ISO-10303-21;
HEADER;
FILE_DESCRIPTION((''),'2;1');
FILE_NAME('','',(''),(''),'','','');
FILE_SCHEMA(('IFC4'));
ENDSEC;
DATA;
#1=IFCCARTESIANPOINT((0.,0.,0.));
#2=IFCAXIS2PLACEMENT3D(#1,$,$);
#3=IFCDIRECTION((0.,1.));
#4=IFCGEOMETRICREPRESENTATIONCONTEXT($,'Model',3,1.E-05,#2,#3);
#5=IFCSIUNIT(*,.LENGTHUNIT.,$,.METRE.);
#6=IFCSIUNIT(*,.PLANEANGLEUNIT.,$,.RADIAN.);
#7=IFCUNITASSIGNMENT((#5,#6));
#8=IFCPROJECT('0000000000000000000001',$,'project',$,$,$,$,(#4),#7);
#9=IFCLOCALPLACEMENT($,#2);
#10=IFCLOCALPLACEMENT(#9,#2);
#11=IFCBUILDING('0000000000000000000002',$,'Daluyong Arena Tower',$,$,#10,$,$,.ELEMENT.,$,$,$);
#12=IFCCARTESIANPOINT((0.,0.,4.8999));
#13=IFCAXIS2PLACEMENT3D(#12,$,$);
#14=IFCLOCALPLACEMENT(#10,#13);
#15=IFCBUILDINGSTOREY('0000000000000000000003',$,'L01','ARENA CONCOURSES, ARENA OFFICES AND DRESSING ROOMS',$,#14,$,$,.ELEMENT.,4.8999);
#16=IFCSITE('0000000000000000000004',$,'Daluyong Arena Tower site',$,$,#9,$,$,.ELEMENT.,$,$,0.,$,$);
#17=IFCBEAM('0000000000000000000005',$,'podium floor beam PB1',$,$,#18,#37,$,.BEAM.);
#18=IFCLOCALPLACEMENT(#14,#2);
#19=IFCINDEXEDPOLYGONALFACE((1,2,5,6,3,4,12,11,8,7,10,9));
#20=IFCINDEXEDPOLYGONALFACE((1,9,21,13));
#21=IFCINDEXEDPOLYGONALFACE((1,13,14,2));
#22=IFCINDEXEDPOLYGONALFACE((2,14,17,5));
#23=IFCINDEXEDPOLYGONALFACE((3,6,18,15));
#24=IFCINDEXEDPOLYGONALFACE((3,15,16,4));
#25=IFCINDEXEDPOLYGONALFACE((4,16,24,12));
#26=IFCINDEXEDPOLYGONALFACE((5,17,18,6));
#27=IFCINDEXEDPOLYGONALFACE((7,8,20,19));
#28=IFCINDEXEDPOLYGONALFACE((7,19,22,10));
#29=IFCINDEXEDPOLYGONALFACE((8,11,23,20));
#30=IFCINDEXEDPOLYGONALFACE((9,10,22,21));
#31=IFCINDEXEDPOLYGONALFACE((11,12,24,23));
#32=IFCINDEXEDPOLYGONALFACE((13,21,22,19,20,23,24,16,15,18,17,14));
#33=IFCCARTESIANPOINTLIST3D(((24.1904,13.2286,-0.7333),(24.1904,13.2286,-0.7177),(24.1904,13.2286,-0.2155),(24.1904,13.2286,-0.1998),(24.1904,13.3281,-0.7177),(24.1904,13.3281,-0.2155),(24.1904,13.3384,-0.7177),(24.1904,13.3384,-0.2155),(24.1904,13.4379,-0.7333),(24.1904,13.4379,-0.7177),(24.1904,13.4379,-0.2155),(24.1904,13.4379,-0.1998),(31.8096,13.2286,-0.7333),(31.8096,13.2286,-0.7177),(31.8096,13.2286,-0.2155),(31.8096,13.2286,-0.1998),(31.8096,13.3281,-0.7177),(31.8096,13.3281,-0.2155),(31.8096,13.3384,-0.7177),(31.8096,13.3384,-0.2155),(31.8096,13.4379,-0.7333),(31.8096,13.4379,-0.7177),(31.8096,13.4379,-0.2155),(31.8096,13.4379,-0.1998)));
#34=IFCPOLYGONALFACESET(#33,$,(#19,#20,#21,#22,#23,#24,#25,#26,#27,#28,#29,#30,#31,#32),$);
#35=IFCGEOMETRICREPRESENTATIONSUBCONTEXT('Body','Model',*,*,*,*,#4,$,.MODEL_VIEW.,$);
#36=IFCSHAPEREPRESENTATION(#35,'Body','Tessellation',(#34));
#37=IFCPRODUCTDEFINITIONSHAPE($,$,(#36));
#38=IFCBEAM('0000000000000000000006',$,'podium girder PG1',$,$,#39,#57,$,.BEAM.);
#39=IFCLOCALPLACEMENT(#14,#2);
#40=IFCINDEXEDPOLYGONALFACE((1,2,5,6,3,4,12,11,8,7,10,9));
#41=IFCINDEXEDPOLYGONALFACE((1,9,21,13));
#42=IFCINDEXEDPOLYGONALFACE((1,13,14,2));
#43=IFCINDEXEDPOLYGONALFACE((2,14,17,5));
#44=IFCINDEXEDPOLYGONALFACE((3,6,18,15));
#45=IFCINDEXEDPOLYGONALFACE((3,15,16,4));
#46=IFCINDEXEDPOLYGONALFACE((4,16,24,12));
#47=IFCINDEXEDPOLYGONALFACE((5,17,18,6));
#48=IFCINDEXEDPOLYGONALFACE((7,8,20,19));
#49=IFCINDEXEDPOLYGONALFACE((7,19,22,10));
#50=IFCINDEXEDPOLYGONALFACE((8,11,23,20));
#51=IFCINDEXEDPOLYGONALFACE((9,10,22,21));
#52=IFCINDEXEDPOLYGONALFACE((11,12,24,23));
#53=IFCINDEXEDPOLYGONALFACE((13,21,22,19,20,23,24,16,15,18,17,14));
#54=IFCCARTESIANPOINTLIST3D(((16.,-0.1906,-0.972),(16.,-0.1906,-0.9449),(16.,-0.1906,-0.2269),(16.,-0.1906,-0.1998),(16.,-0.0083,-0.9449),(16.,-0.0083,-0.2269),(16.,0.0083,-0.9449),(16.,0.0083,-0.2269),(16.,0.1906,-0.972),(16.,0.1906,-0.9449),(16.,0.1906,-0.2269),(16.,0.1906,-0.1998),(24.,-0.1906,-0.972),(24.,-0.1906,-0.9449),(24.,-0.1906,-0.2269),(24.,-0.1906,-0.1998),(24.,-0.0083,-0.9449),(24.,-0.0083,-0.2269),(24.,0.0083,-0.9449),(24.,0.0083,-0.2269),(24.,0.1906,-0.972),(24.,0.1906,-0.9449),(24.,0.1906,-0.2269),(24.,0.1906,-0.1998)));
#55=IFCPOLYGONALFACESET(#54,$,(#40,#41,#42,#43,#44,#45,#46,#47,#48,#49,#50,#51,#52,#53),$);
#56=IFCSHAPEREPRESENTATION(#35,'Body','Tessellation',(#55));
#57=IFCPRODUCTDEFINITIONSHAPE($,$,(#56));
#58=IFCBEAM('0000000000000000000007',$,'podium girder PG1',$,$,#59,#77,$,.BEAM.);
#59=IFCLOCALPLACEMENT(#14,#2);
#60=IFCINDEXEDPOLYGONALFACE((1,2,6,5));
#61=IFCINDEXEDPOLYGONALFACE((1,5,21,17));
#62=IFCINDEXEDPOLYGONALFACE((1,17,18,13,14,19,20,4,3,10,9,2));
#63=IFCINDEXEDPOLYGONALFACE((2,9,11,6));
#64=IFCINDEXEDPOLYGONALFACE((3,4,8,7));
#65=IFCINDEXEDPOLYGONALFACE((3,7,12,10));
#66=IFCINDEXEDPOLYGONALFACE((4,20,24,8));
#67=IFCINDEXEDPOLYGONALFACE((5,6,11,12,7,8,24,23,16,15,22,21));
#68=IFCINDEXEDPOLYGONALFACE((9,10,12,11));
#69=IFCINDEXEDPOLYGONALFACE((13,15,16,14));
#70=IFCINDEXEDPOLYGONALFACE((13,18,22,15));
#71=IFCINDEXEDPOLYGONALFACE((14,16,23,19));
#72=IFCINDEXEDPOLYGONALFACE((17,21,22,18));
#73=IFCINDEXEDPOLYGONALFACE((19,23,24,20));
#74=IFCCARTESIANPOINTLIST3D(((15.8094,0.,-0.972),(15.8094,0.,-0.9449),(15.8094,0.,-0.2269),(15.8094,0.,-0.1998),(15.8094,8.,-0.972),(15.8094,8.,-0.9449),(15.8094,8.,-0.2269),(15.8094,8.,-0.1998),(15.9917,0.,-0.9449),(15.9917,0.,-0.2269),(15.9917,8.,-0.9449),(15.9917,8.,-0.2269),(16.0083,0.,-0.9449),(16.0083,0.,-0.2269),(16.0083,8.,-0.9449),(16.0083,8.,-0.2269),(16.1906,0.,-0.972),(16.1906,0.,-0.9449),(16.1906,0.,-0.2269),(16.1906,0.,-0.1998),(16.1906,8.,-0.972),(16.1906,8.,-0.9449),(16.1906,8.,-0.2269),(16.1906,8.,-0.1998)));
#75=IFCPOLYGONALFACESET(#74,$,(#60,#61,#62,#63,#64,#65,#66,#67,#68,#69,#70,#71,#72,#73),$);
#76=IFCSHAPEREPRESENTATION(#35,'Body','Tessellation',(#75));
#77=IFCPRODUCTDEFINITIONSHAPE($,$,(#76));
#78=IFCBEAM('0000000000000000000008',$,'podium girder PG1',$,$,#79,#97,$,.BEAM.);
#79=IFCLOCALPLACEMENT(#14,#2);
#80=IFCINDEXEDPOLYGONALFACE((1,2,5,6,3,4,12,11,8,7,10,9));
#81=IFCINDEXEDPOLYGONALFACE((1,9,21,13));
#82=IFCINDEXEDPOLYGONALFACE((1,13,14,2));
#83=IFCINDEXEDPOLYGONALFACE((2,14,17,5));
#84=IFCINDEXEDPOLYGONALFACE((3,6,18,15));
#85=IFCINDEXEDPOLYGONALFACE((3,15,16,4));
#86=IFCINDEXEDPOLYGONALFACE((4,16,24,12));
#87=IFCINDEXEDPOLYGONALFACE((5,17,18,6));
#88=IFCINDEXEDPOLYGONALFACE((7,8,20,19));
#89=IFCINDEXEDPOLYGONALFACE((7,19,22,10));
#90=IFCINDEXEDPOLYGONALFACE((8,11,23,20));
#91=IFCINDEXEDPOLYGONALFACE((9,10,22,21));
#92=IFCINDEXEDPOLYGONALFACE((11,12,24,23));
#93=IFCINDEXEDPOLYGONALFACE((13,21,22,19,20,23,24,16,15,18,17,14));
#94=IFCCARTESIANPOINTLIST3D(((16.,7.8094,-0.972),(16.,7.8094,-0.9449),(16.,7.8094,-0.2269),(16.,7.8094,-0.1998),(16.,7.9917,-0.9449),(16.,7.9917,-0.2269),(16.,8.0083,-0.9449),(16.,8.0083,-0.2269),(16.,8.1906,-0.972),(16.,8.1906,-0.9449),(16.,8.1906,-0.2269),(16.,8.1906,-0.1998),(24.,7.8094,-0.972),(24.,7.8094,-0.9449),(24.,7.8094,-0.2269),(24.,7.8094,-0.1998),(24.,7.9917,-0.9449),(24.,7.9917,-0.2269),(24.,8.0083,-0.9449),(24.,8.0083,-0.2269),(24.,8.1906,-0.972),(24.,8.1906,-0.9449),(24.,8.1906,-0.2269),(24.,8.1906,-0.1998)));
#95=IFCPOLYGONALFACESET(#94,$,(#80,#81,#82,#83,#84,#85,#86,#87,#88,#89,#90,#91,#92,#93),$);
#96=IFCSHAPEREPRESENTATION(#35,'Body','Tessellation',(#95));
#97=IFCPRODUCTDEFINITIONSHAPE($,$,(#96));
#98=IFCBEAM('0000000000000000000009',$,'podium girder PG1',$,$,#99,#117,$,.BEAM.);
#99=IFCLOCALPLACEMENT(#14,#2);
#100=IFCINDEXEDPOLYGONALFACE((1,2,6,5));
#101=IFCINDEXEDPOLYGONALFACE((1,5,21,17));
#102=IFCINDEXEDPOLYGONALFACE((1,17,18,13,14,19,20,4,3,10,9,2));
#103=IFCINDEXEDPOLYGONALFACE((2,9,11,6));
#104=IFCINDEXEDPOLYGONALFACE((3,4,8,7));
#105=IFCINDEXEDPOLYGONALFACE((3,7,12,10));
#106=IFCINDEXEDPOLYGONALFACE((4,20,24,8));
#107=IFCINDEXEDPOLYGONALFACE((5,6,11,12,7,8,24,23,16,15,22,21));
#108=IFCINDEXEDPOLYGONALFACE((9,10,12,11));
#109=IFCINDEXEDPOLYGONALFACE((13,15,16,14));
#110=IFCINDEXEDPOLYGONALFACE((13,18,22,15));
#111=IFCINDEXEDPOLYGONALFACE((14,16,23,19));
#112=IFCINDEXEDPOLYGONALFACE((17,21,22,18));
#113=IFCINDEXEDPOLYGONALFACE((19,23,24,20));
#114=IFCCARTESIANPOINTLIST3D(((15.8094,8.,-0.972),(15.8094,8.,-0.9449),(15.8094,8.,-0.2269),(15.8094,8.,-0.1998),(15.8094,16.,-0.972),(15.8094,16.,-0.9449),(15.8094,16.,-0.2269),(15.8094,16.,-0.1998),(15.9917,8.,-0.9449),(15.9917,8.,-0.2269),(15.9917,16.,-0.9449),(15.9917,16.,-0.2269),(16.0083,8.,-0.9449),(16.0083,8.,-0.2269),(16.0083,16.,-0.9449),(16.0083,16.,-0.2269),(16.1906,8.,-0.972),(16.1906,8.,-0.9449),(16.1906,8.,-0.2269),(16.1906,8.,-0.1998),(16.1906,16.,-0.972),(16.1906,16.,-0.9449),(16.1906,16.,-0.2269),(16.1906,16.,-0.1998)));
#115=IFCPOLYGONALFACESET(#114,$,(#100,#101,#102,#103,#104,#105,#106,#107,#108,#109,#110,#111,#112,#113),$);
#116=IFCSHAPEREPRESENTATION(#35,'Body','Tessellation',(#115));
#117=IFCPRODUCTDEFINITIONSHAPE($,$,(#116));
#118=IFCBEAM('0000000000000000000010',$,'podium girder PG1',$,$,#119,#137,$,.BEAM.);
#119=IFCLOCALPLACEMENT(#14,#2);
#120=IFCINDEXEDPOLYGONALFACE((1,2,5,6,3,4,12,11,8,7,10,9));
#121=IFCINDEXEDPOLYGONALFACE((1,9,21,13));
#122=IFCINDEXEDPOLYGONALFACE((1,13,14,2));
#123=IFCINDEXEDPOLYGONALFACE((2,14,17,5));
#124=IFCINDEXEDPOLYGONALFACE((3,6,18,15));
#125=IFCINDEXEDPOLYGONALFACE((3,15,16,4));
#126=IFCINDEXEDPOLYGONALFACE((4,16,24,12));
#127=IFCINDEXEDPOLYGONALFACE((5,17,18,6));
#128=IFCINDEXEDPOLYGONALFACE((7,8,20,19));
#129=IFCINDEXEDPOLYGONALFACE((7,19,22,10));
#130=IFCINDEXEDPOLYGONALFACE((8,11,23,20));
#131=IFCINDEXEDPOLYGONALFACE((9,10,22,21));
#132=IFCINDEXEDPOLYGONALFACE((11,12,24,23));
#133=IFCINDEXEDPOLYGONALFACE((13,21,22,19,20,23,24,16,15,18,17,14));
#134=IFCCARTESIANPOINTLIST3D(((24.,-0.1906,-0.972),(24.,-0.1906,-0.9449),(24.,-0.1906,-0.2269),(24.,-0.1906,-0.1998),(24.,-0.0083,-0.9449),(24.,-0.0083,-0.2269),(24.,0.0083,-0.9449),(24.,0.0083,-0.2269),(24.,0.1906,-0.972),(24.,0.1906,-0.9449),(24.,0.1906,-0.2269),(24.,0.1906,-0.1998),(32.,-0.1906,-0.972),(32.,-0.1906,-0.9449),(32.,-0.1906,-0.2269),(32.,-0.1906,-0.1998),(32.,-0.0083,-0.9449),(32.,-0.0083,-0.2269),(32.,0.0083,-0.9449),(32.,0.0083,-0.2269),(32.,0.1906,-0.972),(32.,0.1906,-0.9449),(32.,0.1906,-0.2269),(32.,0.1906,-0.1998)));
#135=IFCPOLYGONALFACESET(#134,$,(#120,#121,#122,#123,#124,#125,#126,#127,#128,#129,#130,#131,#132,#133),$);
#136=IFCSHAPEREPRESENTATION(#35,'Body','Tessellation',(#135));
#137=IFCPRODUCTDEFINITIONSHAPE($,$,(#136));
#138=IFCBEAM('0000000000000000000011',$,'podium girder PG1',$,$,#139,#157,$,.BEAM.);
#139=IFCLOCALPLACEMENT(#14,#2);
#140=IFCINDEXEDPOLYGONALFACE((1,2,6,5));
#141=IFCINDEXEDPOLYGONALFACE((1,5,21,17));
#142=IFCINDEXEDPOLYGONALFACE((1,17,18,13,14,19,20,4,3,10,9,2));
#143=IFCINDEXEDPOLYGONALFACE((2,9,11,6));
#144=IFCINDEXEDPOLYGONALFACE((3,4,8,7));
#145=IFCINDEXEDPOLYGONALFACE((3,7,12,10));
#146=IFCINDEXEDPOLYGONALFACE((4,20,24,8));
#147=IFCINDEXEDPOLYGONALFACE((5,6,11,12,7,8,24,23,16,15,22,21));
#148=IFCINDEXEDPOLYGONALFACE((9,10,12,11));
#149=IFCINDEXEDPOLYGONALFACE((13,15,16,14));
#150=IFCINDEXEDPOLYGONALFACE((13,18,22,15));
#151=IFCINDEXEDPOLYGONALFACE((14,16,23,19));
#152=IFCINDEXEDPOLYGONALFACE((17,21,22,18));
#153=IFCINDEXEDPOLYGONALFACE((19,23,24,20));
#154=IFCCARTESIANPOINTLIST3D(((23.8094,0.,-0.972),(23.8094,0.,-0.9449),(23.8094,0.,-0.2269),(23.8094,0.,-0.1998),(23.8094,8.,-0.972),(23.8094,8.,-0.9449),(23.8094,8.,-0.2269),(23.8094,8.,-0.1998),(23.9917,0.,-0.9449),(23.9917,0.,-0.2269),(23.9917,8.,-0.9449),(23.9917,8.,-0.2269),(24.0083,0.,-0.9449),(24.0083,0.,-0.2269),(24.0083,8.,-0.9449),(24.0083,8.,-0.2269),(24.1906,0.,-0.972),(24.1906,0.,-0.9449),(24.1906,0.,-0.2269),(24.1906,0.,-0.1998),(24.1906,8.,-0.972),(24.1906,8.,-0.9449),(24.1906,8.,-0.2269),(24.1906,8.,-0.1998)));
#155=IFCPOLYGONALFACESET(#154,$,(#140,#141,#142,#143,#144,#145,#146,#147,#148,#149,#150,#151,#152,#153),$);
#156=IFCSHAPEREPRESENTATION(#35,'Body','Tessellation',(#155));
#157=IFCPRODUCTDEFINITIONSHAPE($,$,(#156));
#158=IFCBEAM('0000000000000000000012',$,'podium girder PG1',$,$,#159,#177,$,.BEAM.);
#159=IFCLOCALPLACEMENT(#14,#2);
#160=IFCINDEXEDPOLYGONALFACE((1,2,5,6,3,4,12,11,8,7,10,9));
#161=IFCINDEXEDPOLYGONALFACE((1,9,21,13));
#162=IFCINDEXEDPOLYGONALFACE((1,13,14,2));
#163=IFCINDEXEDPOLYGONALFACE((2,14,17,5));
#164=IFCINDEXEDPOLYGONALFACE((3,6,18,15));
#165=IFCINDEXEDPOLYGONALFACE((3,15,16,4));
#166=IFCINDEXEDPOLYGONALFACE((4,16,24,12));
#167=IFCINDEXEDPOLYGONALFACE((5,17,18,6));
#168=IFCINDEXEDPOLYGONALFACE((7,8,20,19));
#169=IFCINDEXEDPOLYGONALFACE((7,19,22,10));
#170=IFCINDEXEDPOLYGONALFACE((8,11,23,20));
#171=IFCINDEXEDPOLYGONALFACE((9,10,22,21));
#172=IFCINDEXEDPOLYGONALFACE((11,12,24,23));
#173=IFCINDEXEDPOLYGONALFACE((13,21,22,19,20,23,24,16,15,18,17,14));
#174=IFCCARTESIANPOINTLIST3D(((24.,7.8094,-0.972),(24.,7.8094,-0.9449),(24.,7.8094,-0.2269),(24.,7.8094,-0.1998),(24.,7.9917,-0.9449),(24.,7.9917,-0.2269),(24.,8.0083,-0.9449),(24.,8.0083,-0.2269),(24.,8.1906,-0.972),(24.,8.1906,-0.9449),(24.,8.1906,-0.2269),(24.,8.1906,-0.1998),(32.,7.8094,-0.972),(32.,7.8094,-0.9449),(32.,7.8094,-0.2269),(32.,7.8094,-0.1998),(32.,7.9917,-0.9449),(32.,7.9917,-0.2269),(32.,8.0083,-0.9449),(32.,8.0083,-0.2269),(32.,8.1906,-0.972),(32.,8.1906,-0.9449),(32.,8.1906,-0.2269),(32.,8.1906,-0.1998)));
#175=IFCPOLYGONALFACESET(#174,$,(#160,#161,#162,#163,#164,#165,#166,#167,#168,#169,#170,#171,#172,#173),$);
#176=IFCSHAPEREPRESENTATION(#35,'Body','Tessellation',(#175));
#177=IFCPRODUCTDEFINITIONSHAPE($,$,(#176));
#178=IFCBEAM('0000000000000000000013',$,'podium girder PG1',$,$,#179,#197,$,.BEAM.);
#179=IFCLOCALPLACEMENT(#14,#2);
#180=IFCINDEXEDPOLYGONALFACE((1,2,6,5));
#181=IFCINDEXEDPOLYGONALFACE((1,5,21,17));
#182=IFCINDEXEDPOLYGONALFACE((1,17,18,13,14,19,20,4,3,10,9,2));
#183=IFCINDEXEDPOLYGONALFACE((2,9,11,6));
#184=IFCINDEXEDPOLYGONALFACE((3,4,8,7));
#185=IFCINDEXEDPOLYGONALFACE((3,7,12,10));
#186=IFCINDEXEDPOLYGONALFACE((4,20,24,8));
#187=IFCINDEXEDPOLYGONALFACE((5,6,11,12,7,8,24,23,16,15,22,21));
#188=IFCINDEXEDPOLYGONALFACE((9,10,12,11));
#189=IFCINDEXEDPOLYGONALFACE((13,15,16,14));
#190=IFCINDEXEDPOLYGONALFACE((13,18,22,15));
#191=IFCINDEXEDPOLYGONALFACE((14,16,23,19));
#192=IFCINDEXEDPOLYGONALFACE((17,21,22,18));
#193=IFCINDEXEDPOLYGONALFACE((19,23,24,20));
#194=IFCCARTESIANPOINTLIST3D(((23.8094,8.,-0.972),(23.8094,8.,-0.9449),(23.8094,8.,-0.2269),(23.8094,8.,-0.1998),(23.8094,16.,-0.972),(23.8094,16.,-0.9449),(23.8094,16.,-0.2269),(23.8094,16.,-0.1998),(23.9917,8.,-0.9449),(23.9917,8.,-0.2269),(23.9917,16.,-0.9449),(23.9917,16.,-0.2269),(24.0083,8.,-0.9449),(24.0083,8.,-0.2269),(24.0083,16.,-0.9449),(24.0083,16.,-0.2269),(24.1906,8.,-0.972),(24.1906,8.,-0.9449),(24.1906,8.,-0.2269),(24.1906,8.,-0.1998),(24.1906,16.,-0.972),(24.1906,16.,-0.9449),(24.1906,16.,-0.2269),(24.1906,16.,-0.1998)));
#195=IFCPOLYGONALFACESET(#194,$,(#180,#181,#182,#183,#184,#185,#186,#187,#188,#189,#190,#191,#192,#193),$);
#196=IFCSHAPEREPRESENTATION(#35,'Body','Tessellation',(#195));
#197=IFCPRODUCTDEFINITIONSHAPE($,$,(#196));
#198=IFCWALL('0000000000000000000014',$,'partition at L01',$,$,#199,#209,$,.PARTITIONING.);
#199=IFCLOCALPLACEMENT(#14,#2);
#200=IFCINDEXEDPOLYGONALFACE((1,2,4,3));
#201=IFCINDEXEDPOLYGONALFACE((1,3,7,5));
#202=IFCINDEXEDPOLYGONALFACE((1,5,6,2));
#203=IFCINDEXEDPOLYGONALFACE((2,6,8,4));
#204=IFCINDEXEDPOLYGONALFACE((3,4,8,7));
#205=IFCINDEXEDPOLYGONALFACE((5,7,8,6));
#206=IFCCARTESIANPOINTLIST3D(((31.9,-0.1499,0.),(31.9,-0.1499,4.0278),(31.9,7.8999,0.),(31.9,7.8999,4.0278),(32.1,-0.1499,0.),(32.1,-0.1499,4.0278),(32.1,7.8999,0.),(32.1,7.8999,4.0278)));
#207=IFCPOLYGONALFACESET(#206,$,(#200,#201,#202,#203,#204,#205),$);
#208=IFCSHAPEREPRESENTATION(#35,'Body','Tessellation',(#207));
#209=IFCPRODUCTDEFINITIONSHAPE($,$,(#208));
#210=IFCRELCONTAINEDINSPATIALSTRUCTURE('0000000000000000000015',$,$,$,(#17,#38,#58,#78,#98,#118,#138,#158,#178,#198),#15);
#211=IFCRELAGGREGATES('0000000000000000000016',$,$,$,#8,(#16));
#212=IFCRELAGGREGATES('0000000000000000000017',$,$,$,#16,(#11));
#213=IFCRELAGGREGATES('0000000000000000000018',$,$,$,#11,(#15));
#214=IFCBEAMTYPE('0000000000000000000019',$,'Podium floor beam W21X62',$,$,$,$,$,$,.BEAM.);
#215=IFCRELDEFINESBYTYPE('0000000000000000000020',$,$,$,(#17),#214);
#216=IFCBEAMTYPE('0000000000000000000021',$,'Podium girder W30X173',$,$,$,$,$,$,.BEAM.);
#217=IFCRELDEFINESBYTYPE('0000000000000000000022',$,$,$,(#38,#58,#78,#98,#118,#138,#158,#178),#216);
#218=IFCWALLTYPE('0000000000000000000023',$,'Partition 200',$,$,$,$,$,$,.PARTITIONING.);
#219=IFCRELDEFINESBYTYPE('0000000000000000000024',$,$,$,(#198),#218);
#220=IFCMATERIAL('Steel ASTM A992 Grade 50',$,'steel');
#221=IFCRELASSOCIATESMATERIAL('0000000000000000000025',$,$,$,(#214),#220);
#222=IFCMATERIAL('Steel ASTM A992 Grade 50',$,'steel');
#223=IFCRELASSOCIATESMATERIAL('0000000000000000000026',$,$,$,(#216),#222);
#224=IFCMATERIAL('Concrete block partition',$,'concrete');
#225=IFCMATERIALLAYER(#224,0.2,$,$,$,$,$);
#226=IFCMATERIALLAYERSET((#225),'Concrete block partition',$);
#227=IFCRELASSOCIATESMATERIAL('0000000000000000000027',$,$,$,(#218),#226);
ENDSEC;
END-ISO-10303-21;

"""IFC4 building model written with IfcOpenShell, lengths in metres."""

from ifc_helpers import new_model, si_unit, direction, frame, frame_2d, origin, origin_2d, place, context, subcontext, project, spatial, rectangle, i_section, extrude, material, layer, layer_set, material_profile, profile_set, type_object, element, save


model = new_model("IFC4")

# Units and contexts
model_context = context("Model", 3, precision=1e-05, world=origin(), true_north=direction((0.0, 1.0)))
body_context = subcontext(model_context, "Body", "Model", "MODEL_VIEW")
ifc_project = project(units=[si_unit("LENGTHUNIT", "METRE"), si_unit("PLANEANGLEUNIT", "RADIAN")], contexts=[model_context])

# Site, building, storey
site_placement = place(None, origin())
site = spatial("IfcSite", under=ifc_project, at=site_placement, Name="Daluyong Arena Tower site", CompositionType="ELEMENT", RefElevation=0.0)
building_placement = place(site_placement, origin())
building = spatial("IfcBuilding", under=site, at=building_placement, Name="Daluyong Arena Tower", CompositionType="ELEMENT")
storey_placement = place(building_placement, frame((0.0, 0.0, 4.8999)))
storey = spatial("IfcBuildingStorey", under=building, at=storey_placement, Name="L01", Description="ARENA CONCOURSES, ARENA OFFICES AND DRESSING ROOMS", CompositionType="ELEMENT", Elevation=4.8999)

# Beams
ifc_material_1 = material(Name="Steel ASTM A992 Grade 50", Category="steel")
ifc_material_profile_1 = material_profile(ifc_material_1, i_section(OverallWidth=0.2092, OverallDepth=0.5334, WebThickness=0.0103, FlangeThickness=0.0156, at=origin_2d()))
ifc_profile_set_1 = profile_set([ifc_material_profile_1], Name="Steel ASTM A992 Grade 50")
beam_type_1 = type_object("IfcBeamType", Name="Podium floor beam W21X62", PredefinedType="BEAM", material=ifc_profile_set_1)
for number, where, z_axis, x_axis, name in (
    (1, (24.1904, 13.3333, -0.4666), (1.0, 0.0, 0.0), (0.0, 1.0, 0.0), "podium floor beam PB1"),
):
    element("IfcBeam", number, at=place(storey_placement, frame(where, z_axis=z_axis, x_axis=x_axis)), inside=storey, type_object=beam_type_1, Name=name, PredefinedType="BEAM", context=body_context, shape_type="SweptSolid", body=[
        extrude(i_section(OverallWidth=0.2092, OverallDepth=0.5334, WebThickness=0.0103, FlangeThickness=0.0156, at=origin_2d()), origin(), (0.0, 0.0, 1.0), 7.6191),
    ])
ifc_material_2 = material(Name="Steel ASTM A992 Grade 50", Category="steel")
ifc_material_profile_2 = material_profile(ifc_material_2, i_section(OverallWidth=0.3811, OverallDepth=0.7722, WebThickness=0.0166, FlangeThickness=0.0271, at=origin_2d()))
ifc_profile_set_2 = profile_set([ifc_material_profile_2], Name="Steel ASTM A992 Grade 50")
beam_type_2 = type_object("IfcBeamType", Name="Podium girder W30X173", PredefinedType="BEAM", material=ifc_profile_set_2)
for number, where, z_axis, x_axis, name in (
    (2, (16.0, 0.0, -0.5859), (1.0, 0.0, 0.0), (0.0, 1.0, 0.0), "podium girder PG1"),
    (3, (16.0, 0.0, -0.5859), (0.0, 1.0, 0.0), (-1.0, 0.0, 0.0), "podium girder PG1"),
    (4, (16.0, 8.0, -0.5859), (1.0, 0.0, 0.0), (0.0, 1.0, 0.0), "podium girder PG1"),
    (5, (16.0, 8.0, -0.5859), (0.0, 1.0, 0.0), (-1.0, 0.0, 0.0), "podium girder PG1"),
    (6, (24.0, 0.0, -0.5859), (1.0, 0.0, 0.0), (0.0, 1.0, 0.0), "podium girder PG1"),
    (7, (24.0, 0.0, -0.5859), (0.0, 1.0, 0.0), (-1.0, 0.0, 0.0), "podium girder PG1"),
    (8, (24.0, 8.0, -0.5859), (1.0, 0.0, 0.0), (0.0, 1.0, 0.0), "podium girder PG1"),
    (9, (24.0, 8.0, -0.5859), (0.0, 1.0, 0.0), (-1.0, 0.0, 0.0), "podium girder PG1"),
):
    element("IfcBeam", number, at=place(storey_placement, frame(where, z_axis=z_axis, x_axis=x_axis)), inside=storey, type_object=beam_type_2, Name=name, PredefinedType="BEAM", context=body_context, shape_type="SweptSolid", body=[
        extrude(i_section(OverallWidth=0.3811, OverallDepth=0.7722, WebThickness=0.0166, FlangeThickness=0.0271, at=origin_2d()), origin(), (0.0, 0.0, 1.0), 8.0),
    ])

# Wall
ifc_material_3 = material(Name="Concrete block partition", Category="concrete")
ifc_layer_1 = layer(ifc_material_3, 0.2)
ifc_layer_set_1 = layer_set([ifc_layer_1], Name="Concrete block partition")
wall_type_1 = type_object("IfcWallType", Name="Partition 200", PredefinedType="PARTITIONING", material=ifc_layer_set_1)
wall_1_placement = place(storey_placement, frame((32.0, -0.1499, 0.0), z_axis=(0.0, 0.0, 1.0), x_axis=(0.0, 1.0, 0.0)))
element("IfcWall", 10, at=wall_1_placement, inside=storey, type_object=wall_type_1, Name="partition at L01", PredefinedType="PARTITIONING", context=body_context, shape_type="SweptSolid", body=[
    extrude(rectangle(XDim=8.0498, YDim=0.2, at=frame_2d((4.0249, 0.0))), origin(), (0.0, 0.0, 1.0), 4.0278),
])

save(model, "model.ifc")
